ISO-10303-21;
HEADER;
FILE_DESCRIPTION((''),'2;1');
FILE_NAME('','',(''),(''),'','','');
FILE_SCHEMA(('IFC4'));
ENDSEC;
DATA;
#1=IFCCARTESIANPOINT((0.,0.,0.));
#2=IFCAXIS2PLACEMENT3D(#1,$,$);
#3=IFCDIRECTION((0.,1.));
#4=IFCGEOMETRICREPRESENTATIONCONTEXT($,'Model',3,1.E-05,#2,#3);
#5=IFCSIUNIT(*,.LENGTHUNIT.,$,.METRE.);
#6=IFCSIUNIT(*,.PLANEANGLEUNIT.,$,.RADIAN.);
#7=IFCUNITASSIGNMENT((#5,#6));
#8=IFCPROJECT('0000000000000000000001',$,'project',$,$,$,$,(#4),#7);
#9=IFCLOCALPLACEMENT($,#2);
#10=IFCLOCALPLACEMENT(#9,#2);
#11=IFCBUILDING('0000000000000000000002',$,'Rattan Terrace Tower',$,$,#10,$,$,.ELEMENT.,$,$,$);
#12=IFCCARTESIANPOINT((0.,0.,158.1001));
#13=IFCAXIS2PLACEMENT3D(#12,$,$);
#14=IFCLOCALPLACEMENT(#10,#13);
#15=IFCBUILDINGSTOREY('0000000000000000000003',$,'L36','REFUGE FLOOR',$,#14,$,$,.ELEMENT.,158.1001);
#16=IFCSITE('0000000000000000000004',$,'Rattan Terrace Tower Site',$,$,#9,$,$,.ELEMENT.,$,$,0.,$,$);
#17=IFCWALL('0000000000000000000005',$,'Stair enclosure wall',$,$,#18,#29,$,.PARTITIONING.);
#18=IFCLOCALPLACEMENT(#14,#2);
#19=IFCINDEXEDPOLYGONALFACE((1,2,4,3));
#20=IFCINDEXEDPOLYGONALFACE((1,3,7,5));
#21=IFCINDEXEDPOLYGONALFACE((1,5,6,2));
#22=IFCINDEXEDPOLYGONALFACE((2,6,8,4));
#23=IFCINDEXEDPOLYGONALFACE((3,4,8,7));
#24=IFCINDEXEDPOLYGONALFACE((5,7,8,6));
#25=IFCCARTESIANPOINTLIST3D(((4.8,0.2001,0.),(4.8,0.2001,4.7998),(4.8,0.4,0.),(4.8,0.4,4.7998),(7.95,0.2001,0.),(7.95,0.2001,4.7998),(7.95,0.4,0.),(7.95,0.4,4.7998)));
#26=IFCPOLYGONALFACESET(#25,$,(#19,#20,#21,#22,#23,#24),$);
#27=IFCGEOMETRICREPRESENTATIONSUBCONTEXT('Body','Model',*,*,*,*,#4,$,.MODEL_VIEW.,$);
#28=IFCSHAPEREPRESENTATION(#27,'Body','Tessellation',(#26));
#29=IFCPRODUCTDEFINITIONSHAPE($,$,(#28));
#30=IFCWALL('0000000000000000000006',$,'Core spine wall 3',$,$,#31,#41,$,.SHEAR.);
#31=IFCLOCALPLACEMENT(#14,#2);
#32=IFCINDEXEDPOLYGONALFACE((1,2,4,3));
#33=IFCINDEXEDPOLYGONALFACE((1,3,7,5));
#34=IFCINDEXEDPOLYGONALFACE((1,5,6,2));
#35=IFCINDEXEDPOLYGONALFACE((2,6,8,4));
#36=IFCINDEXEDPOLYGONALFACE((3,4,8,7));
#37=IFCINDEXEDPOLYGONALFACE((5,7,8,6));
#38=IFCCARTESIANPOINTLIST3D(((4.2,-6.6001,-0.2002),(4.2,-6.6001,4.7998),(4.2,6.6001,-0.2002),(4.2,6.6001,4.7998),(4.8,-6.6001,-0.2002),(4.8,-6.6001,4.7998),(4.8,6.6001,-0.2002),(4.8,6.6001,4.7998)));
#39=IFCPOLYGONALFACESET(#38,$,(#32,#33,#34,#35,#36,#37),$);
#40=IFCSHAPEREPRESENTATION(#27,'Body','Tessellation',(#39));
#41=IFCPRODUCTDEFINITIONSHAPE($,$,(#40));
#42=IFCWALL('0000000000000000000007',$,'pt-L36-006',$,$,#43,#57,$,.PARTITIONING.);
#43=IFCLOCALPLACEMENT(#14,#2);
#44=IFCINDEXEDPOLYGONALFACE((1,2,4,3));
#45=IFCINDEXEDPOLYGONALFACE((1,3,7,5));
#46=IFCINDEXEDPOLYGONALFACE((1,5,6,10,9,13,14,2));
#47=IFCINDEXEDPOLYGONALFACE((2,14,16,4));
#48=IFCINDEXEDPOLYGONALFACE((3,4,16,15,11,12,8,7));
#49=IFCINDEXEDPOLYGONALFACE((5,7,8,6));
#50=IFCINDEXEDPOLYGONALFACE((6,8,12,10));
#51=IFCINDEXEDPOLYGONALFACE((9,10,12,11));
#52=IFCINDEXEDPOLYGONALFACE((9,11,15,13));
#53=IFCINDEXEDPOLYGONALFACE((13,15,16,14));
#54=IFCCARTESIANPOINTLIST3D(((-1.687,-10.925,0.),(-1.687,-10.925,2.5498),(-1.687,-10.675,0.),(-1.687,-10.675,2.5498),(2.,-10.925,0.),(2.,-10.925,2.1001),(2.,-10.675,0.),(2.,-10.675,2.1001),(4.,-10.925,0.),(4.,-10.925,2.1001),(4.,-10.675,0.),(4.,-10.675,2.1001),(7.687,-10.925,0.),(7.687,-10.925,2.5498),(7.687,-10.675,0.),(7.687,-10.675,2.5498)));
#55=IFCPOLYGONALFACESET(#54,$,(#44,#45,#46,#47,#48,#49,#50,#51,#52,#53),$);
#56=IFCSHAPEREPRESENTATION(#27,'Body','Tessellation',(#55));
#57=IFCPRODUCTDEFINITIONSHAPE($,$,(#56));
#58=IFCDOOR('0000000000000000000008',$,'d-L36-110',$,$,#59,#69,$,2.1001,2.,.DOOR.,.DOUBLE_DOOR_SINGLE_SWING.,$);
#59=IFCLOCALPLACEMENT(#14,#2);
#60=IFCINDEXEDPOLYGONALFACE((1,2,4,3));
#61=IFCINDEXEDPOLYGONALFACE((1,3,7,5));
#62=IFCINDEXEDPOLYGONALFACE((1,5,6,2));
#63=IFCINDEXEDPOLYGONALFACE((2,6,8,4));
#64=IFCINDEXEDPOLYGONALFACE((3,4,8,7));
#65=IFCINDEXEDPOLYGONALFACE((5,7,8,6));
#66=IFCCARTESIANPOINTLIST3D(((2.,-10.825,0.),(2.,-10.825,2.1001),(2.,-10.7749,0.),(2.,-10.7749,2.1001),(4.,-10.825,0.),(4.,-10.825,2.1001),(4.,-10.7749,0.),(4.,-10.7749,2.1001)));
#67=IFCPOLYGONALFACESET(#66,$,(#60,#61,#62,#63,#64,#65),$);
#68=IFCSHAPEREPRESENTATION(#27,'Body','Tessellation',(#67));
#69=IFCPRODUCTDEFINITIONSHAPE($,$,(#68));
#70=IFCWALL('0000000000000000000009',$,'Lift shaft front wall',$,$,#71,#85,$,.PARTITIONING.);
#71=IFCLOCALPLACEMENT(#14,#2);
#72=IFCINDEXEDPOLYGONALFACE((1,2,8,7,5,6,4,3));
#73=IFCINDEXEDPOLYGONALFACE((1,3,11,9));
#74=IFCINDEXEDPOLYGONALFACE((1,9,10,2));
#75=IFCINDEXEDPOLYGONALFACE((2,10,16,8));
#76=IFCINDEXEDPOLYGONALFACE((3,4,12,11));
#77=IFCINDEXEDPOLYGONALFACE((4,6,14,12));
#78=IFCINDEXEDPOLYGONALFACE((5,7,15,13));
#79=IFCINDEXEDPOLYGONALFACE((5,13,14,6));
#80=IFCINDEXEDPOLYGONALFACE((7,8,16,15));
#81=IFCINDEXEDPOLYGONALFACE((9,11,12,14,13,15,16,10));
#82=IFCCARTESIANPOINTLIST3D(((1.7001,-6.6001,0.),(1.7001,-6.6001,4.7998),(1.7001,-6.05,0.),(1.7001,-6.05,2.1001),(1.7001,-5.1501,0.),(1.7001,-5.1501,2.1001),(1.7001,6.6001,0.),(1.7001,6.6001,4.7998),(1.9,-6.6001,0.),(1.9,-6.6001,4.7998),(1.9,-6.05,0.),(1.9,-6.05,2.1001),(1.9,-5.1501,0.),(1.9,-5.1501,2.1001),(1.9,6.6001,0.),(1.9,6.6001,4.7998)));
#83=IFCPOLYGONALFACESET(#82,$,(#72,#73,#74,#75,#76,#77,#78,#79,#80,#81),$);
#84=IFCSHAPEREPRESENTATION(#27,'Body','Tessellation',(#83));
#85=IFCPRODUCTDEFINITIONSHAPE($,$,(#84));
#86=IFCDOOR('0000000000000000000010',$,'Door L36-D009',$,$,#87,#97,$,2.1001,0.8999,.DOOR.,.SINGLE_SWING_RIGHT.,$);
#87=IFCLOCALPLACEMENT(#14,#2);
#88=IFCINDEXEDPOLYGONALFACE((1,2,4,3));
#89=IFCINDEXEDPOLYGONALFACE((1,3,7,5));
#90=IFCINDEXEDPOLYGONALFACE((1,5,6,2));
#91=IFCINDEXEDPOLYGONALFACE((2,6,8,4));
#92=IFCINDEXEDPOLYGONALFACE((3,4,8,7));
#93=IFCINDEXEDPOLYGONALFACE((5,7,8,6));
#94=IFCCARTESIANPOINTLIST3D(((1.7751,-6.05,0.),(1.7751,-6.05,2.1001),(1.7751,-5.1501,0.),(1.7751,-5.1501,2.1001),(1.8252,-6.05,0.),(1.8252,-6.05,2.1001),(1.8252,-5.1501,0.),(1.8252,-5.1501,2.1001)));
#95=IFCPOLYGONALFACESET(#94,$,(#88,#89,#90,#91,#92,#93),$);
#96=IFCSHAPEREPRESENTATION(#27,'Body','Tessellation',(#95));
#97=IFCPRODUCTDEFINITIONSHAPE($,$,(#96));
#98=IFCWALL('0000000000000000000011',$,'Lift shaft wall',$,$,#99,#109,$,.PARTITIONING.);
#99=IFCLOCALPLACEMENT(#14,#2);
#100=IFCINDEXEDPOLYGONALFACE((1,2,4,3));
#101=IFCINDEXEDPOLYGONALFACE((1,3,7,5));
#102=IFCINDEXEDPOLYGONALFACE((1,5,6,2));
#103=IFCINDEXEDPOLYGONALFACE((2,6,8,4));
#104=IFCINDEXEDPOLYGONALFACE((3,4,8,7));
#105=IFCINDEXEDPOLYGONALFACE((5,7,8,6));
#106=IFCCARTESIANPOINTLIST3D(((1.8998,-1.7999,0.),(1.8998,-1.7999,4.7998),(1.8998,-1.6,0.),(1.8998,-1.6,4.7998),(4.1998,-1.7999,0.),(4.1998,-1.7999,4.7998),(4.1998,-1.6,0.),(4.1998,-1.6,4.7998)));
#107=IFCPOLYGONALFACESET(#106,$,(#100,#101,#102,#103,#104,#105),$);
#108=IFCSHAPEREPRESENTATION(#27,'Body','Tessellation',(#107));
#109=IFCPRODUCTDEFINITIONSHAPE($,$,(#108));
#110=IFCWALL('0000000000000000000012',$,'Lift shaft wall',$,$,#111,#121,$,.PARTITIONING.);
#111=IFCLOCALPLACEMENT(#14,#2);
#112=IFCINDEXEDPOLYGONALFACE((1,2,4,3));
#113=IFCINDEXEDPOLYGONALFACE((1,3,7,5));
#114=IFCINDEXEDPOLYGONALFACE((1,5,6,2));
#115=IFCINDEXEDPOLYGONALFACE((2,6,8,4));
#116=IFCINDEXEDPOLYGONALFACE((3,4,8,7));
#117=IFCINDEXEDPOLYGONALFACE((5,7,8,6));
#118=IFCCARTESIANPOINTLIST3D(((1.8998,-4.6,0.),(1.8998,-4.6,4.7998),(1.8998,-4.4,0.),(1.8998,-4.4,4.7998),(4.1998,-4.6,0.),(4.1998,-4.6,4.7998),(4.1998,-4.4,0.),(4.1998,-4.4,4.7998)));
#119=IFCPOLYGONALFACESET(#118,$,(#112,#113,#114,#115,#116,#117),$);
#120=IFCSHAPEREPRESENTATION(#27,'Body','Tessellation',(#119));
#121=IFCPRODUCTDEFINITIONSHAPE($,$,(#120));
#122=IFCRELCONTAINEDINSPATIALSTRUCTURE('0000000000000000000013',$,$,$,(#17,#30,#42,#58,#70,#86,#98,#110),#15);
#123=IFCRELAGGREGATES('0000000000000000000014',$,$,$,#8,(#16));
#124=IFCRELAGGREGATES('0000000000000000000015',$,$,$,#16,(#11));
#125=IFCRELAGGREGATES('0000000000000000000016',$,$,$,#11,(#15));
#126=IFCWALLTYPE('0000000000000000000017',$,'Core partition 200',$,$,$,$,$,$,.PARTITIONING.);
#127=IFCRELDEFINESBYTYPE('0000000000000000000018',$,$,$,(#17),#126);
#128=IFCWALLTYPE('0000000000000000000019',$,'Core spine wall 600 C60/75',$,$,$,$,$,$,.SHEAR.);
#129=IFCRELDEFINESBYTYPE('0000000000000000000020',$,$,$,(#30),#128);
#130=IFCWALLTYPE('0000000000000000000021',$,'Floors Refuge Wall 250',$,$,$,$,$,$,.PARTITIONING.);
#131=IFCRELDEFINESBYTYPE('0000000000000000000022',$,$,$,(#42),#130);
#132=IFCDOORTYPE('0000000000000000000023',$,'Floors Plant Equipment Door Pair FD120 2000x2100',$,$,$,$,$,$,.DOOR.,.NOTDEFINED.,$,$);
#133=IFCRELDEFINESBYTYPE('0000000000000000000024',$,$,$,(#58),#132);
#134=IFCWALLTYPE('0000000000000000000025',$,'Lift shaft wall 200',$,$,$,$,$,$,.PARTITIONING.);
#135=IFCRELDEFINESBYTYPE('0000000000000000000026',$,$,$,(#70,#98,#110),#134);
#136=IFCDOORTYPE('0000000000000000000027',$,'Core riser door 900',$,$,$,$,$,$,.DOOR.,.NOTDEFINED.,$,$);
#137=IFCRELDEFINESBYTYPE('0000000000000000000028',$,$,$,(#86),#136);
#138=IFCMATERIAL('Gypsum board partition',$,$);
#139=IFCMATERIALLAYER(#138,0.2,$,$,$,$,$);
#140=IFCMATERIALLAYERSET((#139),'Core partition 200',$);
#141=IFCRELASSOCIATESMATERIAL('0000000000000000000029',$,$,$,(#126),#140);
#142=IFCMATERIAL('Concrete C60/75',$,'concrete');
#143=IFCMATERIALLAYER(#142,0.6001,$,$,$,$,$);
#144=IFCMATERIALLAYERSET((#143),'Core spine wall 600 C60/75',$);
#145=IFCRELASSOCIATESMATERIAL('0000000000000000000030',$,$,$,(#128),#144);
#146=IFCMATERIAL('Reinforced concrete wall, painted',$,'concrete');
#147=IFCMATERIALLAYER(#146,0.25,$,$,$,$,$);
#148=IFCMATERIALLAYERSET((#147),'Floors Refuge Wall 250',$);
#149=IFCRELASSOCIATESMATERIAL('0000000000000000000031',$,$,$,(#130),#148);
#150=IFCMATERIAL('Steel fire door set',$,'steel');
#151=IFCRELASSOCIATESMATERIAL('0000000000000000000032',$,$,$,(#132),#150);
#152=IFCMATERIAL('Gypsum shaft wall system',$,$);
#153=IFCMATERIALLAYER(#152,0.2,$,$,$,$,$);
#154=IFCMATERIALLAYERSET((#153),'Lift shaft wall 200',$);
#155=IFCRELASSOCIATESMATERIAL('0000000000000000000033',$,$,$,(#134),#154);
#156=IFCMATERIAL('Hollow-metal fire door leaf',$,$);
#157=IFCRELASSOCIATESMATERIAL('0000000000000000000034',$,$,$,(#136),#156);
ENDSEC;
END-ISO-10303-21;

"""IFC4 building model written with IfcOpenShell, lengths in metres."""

from ifc_helpers import new_model, si_unit, direction, frame, frame_2d, origin, place, context, subcontext, project, spatial, rectangle, extrude, material, layer, layer_set, type_object, element, fill, save


model = new_model("IFC4")

# Units and contexts
model_context = context("Model", 3, precision=1e-05, world=origin(), true_north=direction((0.0, 1.0)))
body_context = subcontext(model_context, "Body", "Model", "MODEL_VIEW")
ifc_project = project(units=[si_unit("LENGTHUNIT", "METRE"), si_unit("PLANEANGLEUNIT", "RADIAN")], contexts=[model_context])

# Site, building, storey
site_placement = place(None, origin())
site = spatial("IfcSite", under=ifc_project, at=site_placement, Name="Rattan Terrace Tower Site", CompositionType="ELEMENT", RefElevation=0.0)
building_placement = place(site_placement, origin())
building = spatial("IfcBuilding", under=site, at=building_placement, Name="Rattan Terrace Tower", CompositionType="ELEMENT")
storey_placement = place(building_placement, frame((0.0, 0.0, 158.1001)))
storey = spatial("IfcBuildingStorey", under=building, at=storey_placement, Name="L36", Description="REFUGE FLOOR", CompositionType="ELEMENT", Elevation=158.1001)

# Shared definitions
ifc_material_1 = material(Name="Gypsum board partition")
ifc_layer_1 = layer(ifc_material_1, 0.2)
ifc_layer_set_1 = layer_set([ifc_layer_1], Name="Core partition 200")
wall_type_1 = type_object("IfcWallType", Name="Core partition 200", PredefinedType="PARTITIONING", material=ifc_layer_set_1)

# Walls
wall_1_placement = place(storey_placement, frame((4.8, 0.3, 0.0), z_axis=(0.0, 0.0, 1.0), x_axis=(1.0, 0.0, 0.0)))
element("IfcWall", 1, at=wall_1_placement, inside=storey, type_object=wall_type_1, Name="Stair enclosure wall", PredefinedType="PARTITIONING", context=body_context, shape_type="SweptSolid", body=[
    extrude(rectangle(XDim=3.1499, YDim=0.2, at=frame_2d((1.575, 0.0))), origin(), (0.0, 0.0, 1.0), 4.7998),
])
ifc_material_2 = material(Name="Concrete C60/75", Category="concrete")
ifc_layer_2 = layer(ifc_material_2, 0.6001)
ifc_layer_set_2 = layer_set([ifc_layer_2], Name="Core spine wall 600 C60/75")
wall_type_2 = type_object("IfcWallType", Name="Core spine wall 600 C60/75", PredefinedType="SHEAR", material=ifc_layer_set_2)
wall_2_placement = place(storey_placement, frame((4.5, -6.6001, -0.2002), z_axis=(0.0, 0.0, 1.0), x_axis=(0.0, 1.0, 0.0)))
element("IfcWall", 2, at=wall_2_placement, inside=storey, type_object=wall_type_2, Name="Core spine wall 3", PredefinedType="SHEAR", context=body_context, shape_type="SweptSolid", body=[
    extrude(rectangle(XDim=13.2002, YDim=0.6001, at=frame_2d((6.6001, 0.0))), origin(), (0.0, 0.0, 1.0), 5.0),
])

# Walls, openings, doors
ifc_material_3 = material(Name="Reinforced concrete wall, painted", Category="concrete")
ifc_layer_3 = layer(ifc_material_3, 0.25)
ifc_layer_set_3 = layer_set([ifc_layer_3], Name="Floors Refuge Wall 250")
wall_type_3 = type_object("IfcWallType", Name="Floors Refuge Wall 250", PredefinedType="PARTITIONING", material=ifc_layer_set_3)
wall_3_placement = place(storey_placement, frame((7.687, -10.8, 0.0), z_axis=(0.0, 0.0, 1.0), x_axis=(-1.0, 0.0, 0.0)))
wall_3 = element("IfcWall", 3, at=wall_3_placement, inside=storey, type_object=wall_type_3, Name="pt-L36-006", PredefinedType="PARTITIONING", context=body_context, shape_type="SweptSolid", body=[
    extrude(rectangle(XDim=9.374, YDim=0.25, at=frame_2d((4.687, 0.0))), origin(), (0.0, 0.0, 1.0), 2.5498),
])
opening_1_placement = place(wall_3_placement, frame((3.687, 0.0, 0.0)))
opening_1 = element("IfcOpeningElement", 4, at=opening_1_placement, cuts=wall_3, PredefinedType="OPENING", context=body_context, shape_type="SweptSolid", body=[
    extrude(rectangle(XDim=2.0, YDim=2.1001, at=frame_2d((1.0, 1.05))), frame((0.0, 0.1355, 0.0), z_axis=(0.0, -1.0, 0.0), x_axis=(1.0, 0.0, 0.0)), (0.0, 0.0, 1.0), 0.271),
])
ifc_material_4 = material(Name="Steel fire door set", Category="steel")
door_type_1 = type_object("IfcDoorType", Name="Floors Plant Equipment Door Pair FD120 2000x2100", OperationType="NOTDEFINED", PredefinedType="DOOR", material=ifc_material_4)
door_1_placement = place(opening_1_placement, origin())
door_1 = element("IfcDoor", 5, at=door_1_placement, inside=storey, type_object=door_type_1, Name="d-L36-110", OperationType="DOUBLE_DOOR_SINGLE_SWING", OverallHeight=2.1001, OverallWidth=2.0, PredefinedType="DOOR", context=body_context, shape_type="SweptSolid", body=[
    extrude(rectangle(XDim=2.0, YDim=2.1001, at=frame_2d((1.0, 1.05))), frame((0.0, 0.0249, 0.0), z_axis=(0.0, -1.0, 0.0), x_axis=(1.0, 0.0, 0.0)), (0.0, 0.0, 1.0), 0.05),
])
fill(opening_1, door_1)
ifc_material_5 = material(Name="Gypsum shaft wall system")
ifc_layer_4 = layer(ifc_material_5, 0.2)
ifc_layer_set_4 = layer_set([ifc_layer_4], Name="Lift shaft wall 200")
wall_type_4 = type_object("IfcWallType", Name="Lift shaft wall 200", PredefinedType="PARTITIONING", material=ifc_layer_set_4)
wall_4_placement = place(storey_placement, frame((1.8, -6.6001, 0.0), z_axis=(0.0, 0.0, 1.0), x_axis=(0.0, 1.0, 0.0)))
wall_4 = element("IfcWall", 6, at=wall_4_placement, inside=storey, type_object=wall_type_4, Name="Lift shaft front wall", PredefinedType="PARTITIONING", context=body_context, shape_type="SweptSolid", body=[
    extrude(rectangle(XDim=13.2002, YDim=0.2, at=frame_2d((6.6001, 0.0))), origin(), (0.0, 0.0, 1.0), 4.7998),
])
opening_2_placement = place(wall_4_placement, frame((0.55, 0.0, 0.0)))
opening_2 = element("IfcOpeningElement", 7, at=opening_2_placement, cuts=wall_4, PredefinedType="OPENING", context=body_context, shape_type="SweptSolid", body=[
    extrude(rectangle(XDim=0.8999, YDim=2.1001, at=frame_2d((0.45, 1.05))), frame((0.0, 0.1106, 0.0), z_axis=(0.0, -1.0, 0.0), x_axis=(1.0, 0.0, 0.0)), (0.0, 0.0, 1.0), 0.2209),
])
ifc_material_6 = material(Name="Hollow-metal fire door leaf")
door_type_2 = type_object("IfcDoorType", Name="Core riser door 900", OperationType="NOTDEFINED", PredefinedType="DOOR", material=ifc_material_6)
door_2_placement = place(opening_2_placement, origin())
door_2 = element("IfcDoor", 8, at=door_2_placement, inside=storey, type_object=door_type_2, Name="Door L36-D009", OperationType="SINGLE_SWING_RIGHT", OverallHeight=2.1001, OverallWidth=0.8999, PredefinedType="DOOR", context=body_context, shape_type="SweptSolid", body=[
    extrude(rectangle(XDim=0.8999, YDim=2.1001, at=frame_2d((0.45, 1.05))), frame((0.0, 0.0249, 0.0), z_axis=(0.0, -1.0, 0.0), x_axis=(1.0, 0.0, 0.0)), (0.0, 0.0, 1.0), 0.05),
])
fill(opening_2, door_2)

# Walls
for number, where, z_axis, x_axis, name in (
    (9, (1.8999, -1.7, 0.0), (0.0, 0.0, 1.0), (1.0, 0.0, 0.0), "Lift shaft wall"),
    (10, (1.8999, -4.5, 0.0), (0.0, 0.0, 1.0), (1.0, 0.0, 0.0), "Lift shaft wall"),
):
    element("IfcWall", number, at=place(storey_placement, frame(where, z_axis=z_axis, x_axis=x_axis)), inside=storey, type_object=wall_type_4, Name=name, PredefinedType="PARTITIONING", context=body_context, shape_type="SweptSolid", body=[
        extrude(rectangle(XDim=2.3, YDim=0.2, at=frame_2d((1.1499, 0.0))), origin(), (0.0, 0.0, 1.0), 4.7998),
    ])

save(model, "model.ifc")
